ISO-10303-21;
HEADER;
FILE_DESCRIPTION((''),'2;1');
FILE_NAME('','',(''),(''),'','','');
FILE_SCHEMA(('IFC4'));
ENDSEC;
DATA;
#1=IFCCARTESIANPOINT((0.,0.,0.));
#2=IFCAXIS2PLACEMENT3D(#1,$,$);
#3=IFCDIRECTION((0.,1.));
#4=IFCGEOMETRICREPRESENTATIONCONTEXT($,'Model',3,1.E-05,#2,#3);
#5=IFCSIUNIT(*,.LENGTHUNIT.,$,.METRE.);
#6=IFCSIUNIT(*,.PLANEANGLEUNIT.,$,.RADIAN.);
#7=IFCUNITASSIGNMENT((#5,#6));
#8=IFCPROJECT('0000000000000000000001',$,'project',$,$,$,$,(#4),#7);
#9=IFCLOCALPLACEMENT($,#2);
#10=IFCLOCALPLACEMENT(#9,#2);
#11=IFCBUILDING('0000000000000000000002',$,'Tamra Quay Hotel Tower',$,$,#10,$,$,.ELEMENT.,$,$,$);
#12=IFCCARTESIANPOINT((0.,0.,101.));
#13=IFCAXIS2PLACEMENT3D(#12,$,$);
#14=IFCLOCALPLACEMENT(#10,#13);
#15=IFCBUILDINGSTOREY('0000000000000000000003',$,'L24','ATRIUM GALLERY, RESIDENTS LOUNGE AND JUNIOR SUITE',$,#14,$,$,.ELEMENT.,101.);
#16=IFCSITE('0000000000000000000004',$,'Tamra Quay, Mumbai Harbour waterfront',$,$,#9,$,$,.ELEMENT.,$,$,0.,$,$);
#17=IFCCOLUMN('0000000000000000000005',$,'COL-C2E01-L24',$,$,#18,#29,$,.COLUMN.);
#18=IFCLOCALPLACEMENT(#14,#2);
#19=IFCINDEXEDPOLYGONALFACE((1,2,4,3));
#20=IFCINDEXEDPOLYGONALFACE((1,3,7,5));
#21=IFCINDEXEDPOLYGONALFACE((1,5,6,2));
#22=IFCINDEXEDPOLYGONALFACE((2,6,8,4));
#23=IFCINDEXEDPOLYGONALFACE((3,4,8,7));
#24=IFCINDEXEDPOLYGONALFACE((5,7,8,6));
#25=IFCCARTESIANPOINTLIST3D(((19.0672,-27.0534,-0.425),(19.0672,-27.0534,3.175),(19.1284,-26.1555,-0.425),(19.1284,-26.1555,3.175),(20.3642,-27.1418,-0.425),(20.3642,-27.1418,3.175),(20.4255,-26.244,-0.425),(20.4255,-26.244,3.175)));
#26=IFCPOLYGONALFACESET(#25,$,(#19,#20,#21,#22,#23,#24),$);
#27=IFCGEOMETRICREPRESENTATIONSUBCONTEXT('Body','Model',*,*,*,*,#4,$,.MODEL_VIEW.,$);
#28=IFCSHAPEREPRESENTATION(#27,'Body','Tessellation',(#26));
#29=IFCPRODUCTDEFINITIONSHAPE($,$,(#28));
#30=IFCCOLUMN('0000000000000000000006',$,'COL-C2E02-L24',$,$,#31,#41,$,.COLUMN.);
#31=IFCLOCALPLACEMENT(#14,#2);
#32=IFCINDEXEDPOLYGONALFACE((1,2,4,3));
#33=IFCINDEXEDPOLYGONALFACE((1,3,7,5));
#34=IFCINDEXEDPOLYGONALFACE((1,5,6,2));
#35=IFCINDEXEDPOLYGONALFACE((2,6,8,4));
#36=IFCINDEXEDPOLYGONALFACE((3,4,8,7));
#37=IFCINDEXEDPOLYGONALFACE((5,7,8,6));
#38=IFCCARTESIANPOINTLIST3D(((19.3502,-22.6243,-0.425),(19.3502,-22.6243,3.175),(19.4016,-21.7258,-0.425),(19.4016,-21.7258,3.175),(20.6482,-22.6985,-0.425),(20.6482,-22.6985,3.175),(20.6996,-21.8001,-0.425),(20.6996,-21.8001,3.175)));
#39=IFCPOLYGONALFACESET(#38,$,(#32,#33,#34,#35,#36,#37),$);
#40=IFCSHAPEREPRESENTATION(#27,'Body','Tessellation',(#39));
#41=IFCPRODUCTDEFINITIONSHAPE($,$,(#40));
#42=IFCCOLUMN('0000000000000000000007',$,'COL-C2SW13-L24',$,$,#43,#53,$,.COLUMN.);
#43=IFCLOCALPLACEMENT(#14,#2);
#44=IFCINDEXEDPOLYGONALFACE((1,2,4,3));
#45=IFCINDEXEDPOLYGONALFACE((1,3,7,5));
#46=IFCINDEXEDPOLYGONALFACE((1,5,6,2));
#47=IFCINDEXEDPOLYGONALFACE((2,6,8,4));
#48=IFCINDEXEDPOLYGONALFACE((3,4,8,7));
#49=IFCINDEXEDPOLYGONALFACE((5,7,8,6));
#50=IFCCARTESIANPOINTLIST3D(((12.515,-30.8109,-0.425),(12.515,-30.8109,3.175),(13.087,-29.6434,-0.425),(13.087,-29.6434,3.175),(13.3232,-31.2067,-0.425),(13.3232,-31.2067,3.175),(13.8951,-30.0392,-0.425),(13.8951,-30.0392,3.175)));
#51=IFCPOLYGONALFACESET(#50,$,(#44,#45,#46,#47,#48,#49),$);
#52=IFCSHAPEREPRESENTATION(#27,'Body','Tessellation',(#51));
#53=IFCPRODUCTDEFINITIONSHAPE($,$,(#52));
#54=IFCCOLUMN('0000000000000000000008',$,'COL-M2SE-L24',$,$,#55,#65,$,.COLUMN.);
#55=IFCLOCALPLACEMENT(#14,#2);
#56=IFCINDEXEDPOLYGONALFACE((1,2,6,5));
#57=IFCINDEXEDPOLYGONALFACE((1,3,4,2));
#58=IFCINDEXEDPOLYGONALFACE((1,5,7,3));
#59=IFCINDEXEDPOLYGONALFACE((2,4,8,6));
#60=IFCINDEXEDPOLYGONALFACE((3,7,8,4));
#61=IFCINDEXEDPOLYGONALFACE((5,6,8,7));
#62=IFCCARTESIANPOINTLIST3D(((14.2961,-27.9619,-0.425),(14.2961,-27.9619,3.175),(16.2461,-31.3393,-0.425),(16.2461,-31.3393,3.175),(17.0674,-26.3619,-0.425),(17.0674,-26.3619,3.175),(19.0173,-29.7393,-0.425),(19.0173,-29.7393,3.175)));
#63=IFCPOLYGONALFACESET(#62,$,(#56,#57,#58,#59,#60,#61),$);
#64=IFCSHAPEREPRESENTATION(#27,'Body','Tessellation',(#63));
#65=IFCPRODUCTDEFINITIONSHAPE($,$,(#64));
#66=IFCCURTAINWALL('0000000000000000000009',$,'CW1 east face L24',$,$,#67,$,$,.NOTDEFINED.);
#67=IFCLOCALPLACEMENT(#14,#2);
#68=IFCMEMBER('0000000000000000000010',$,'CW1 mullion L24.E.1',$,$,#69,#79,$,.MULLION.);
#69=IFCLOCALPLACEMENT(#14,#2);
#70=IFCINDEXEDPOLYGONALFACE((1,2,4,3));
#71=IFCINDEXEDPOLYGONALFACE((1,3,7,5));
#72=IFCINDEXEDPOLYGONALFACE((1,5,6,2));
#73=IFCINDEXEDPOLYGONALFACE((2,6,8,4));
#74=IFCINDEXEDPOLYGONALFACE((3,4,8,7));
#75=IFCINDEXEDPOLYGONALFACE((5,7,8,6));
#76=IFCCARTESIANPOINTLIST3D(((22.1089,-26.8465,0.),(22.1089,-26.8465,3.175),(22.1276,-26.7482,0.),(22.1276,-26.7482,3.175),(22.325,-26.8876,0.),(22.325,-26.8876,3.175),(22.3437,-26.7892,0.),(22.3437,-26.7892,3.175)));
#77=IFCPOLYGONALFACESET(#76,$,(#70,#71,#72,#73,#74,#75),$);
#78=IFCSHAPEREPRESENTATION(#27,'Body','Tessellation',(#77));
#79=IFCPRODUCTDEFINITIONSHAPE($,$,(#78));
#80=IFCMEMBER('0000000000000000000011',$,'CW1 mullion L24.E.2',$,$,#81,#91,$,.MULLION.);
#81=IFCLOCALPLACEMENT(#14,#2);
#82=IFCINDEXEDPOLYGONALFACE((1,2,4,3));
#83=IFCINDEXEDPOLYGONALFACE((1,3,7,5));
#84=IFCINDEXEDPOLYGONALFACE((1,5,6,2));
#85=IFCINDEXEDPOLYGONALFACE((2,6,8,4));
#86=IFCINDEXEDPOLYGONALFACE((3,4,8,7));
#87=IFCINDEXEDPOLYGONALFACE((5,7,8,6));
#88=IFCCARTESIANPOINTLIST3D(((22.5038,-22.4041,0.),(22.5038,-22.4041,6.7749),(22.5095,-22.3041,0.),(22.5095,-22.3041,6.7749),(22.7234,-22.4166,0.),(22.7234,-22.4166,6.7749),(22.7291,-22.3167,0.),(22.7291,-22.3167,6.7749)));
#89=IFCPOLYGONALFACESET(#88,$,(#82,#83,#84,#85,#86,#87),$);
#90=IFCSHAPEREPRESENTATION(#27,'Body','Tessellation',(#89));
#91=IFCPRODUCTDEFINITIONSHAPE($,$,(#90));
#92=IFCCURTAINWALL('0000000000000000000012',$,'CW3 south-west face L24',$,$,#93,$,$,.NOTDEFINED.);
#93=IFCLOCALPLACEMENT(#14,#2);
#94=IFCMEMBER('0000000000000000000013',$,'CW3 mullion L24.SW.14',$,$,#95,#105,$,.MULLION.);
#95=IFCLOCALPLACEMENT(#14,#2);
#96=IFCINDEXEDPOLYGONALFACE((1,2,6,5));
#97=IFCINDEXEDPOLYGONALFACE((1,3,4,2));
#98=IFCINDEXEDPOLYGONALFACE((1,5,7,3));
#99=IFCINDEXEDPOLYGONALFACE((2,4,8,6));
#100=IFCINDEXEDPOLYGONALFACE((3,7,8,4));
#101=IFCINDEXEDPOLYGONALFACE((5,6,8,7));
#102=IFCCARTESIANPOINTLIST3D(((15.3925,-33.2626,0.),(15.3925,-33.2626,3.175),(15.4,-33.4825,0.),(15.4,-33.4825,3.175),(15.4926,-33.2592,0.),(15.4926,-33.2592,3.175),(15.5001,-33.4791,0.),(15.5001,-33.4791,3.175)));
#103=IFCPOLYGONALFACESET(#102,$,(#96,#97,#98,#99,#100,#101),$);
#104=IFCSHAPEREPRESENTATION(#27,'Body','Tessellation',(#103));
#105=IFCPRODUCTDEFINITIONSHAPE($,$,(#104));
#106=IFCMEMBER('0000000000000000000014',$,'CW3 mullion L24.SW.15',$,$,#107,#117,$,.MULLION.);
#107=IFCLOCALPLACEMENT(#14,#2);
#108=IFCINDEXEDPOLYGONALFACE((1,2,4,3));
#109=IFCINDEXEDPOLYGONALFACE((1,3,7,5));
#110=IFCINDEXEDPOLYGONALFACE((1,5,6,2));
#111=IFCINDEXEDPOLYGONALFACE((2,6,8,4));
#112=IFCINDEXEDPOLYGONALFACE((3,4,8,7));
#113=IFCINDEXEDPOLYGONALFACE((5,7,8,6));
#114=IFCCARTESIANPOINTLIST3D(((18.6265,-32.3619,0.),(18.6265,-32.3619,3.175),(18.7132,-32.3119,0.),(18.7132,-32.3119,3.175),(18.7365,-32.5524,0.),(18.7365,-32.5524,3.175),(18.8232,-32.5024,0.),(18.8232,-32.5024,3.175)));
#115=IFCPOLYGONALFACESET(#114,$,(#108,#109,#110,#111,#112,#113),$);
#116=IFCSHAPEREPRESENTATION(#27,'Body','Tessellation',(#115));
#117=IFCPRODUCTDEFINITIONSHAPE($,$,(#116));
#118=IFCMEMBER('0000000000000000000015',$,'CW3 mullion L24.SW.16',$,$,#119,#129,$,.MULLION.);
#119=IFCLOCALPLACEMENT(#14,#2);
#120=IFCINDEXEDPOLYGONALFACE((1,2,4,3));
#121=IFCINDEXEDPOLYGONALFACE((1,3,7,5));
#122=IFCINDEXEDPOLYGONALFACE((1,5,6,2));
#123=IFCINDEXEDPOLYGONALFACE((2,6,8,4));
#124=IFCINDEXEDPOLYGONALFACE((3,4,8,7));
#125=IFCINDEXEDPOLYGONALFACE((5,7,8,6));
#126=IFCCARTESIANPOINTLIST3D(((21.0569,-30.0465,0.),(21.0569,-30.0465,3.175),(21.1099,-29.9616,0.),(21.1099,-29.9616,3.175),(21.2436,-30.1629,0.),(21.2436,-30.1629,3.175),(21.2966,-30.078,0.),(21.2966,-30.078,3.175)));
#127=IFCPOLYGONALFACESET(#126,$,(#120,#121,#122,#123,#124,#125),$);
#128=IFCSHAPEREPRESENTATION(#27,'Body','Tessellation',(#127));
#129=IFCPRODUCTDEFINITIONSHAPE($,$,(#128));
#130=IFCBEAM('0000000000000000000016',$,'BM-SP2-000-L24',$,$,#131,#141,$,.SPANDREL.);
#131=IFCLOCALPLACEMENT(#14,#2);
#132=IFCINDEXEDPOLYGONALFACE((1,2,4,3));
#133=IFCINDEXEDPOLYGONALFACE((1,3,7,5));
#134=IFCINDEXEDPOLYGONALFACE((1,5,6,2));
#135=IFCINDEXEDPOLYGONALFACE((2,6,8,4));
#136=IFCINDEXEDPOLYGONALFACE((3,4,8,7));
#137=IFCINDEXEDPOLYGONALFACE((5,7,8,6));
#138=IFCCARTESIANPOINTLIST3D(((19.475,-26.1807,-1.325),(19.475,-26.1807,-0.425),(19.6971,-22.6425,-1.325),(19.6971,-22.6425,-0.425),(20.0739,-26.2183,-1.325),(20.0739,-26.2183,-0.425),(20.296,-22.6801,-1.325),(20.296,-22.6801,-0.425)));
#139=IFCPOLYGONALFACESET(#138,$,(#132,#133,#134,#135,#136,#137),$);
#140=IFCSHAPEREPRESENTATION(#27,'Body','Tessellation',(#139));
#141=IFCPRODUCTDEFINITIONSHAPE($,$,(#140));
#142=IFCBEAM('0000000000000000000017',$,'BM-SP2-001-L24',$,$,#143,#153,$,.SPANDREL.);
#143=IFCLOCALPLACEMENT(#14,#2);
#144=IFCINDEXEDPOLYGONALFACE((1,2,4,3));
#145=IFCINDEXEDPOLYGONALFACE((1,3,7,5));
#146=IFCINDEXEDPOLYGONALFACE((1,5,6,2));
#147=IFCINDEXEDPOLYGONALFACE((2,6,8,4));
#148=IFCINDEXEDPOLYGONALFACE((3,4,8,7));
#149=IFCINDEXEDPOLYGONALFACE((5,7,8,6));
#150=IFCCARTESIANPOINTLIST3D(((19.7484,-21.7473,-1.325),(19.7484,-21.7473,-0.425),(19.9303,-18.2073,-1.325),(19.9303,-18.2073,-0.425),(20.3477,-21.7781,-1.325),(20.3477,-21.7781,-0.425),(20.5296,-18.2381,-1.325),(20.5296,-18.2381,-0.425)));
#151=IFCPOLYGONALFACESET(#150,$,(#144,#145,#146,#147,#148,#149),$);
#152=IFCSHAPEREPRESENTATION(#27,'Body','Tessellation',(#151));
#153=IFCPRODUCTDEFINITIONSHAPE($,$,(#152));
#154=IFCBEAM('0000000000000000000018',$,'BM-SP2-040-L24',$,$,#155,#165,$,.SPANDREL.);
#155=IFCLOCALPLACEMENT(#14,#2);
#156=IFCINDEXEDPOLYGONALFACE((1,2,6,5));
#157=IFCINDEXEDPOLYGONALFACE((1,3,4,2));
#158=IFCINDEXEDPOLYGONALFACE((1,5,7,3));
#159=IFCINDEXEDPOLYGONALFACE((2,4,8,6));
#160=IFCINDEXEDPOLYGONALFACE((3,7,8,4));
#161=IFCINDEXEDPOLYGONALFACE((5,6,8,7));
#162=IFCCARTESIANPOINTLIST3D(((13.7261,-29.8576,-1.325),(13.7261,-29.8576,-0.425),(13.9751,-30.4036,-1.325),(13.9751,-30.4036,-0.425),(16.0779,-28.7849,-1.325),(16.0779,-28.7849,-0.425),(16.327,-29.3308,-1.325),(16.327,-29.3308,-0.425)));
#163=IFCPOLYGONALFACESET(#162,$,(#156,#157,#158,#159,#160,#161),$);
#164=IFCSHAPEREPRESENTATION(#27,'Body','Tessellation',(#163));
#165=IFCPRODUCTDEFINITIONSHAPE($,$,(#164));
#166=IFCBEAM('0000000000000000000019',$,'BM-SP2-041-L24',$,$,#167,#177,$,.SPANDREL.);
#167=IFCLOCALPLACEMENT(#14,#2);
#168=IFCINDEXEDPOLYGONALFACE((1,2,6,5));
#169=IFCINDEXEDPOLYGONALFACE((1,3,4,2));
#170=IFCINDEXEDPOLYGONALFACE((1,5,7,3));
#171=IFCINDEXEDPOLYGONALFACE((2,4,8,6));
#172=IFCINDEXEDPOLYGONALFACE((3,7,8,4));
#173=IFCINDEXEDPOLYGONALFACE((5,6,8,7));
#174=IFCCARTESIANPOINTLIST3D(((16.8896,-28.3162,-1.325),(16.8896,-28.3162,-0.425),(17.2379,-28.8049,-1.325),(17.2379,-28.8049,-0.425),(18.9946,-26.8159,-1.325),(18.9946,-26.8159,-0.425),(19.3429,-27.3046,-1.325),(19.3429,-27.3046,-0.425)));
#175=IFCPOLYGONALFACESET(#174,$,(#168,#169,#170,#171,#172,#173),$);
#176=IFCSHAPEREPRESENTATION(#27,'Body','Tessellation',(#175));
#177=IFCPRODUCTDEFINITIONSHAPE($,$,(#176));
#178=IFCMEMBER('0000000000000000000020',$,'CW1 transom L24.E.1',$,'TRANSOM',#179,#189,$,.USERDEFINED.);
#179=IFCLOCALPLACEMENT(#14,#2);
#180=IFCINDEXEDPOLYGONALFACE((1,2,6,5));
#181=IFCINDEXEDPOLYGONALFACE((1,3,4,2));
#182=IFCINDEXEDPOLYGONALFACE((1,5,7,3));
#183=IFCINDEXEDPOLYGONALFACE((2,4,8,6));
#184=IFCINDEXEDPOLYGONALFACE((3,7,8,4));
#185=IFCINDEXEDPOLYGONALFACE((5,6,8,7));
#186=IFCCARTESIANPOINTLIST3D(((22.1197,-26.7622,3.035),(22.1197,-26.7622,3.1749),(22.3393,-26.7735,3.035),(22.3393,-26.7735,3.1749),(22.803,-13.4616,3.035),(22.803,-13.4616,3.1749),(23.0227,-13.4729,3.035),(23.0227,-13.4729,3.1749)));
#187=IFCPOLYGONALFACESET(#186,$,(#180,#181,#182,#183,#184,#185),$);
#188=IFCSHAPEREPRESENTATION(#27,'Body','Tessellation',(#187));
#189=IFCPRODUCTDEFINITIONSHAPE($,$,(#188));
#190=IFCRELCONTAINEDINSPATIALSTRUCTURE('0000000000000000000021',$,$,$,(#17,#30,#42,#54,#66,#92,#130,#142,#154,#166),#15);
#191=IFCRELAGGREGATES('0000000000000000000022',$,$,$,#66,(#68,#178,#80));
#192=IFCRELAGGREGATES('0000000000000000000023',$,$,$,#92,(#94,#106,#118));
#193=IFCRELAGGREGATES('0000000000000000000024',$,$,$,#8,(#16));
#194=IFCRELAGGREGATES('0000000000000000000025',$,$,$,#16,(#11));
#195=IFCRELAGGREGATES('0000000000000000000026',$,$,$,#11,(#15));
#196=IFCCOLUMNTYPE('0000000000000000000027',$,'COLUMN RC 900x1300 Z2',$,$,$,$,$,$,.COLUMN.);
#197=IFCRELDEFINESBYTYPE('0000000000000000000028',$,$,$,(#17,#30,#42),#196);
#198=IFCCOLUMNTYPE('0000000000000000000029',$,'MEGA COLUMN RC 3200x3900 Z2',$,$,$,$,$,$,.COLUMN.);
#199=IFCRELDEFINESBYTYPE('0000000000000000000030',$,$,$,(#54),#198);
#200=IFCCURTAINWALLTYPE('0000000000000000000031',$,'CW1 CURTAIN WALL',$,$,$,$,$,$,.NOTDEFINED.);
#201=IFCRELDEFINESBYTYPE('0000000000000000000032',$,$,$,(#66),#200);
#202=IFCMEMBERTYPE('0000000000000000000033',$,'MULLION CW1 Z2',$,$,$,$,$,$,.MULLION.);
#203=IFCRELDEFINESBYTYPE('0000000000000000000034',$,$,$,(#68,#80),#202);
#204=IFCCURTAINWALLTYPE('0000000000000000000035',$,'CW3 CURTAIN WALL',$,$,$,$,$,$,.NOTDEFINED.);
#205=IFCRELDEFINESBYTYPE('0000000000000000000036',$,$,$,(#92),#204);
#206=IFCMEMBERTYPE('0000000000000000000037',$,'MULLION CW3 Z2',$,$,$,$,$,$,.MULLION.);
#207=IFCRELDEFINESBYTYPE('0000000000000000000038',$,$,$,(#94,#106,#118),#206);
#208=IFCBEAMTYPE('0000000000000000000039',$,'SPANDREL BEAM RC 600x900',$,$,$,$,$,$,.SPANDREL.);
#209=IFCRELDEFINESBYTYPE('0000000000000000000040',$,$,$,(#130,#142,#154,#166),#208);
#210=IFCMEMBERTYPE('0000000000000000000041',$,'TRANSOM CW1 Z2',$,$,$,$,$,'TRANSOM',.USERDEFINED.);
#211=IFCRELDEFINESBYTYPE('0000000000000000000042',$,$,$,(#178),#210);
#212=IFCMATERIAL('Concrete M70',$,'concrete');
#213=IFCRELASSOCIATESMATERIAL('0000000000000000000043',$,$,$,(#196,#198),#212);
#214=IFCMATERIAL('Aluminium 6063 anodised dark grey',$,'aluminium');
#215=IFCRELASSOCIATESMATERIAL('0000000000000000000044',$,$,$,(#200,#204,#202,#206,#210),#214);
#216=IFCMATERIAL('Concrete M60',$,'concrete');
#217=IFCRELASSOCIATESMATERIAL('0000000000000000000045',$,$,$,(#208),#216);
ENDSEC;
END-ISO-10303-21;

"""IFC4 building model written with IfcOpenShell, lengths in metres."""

from ifc_helpers import new_model, si_unit, direction, frame, origin, origin_2d, place, context, subcontext, project, spatial, rectangle, extrude, material, material_profile, profile_set, type_object, element, aggregate, save


model = new_model("IFC4")

# Units and contexts
model_context = context("Model", 3, precision=1e-05, world=origin(), true_north=direction((0.0, 1.0)))
body_context = subcontext(model_context, "Body", "Model", "MODEL_VIEW")
ifc_project = project(units=[si_unit("LENGTHUNIT", "METRE"), si_unit("PLANEANGLEUNIT", "RADIAN")], contexts=[model_context])

# Site, building, storey
site_placement = place(None, origin())
site = spatial("IfcSite", under=ifc_project, at=site_placement, Name="Tamra Quay, Mumbai Harbour waterfront", CompositionType="ELEMENT", RefElevation=0.0)
building_placement = place(site_placement, origin())
building = spatial("IfcBuilding", under=site, at=building_placement, Name="Tamra Quay Hotel Tower", CompositionType="ELEMENT")
storey_placement = place(building_placement, frame((0.0, 0.0, 101.0)))
storey = spatial("IfcBuildingStorey", under=building, at=storey_placement, Name="L24", Description="ATRIUM GALLERY, RESIDENTS LOUNGE AND JUNIOR SUITE", CompositionType="ELEMENT", Elevation=101.0)

# Columns
ifc_material_1 = material(Name="Concrete M70", Category="concrete")
ifc_material_profile_1 = material_profile(ifc_material_1, rectangle(XDim=1.3, YDim=0.8999, at=origin_2d()), Name="COLUMN RC 900x1300 Z2")
ifc_profile_set_1 = profile_set([ifc_material_profile_1], Name="Concrete M70")
column_type_1 = type_object("IfcColumnType", Name="COLUMN RC 900x1300 Z2", PredefinedType="COLUMN", material=ifc_profile_set_1)
for number, where, z_axis, x_axis, name in (
    (1, (19.7463, -26.6487, -0.425), (0.0, 0.0, 1.0), (-0.997682, 0.068041, 0.0), "COL-C2E01-L24"),
    (2, (20.0249, -22.2122, -0.425), (0.0, 0.0, 1.0), (-0.998368, 0.057108, 0.0), "COL-C2E02-L24"),
    (3, (13.2051, -30.425, -0.425), (0.0, 0.0, 1.0), (0.439916, 0.898039, 0.0), "COL-C2SW13-L24"),
):
    element("IfcColumn", number, at=place(storey_placement, frame(where, z_axis=z_axis, x_axis=x_axis)), inside=storey, type_object=column_type_1, Name=name, PredefinedType="COLUMN", context=body_context, shape_type="SweptSolid", body=[
        extrude(rectangle(XDim=1.3, YDim=0.8999, at=origin_2d()), origin(), (0.0, 0.0, 1.0), 3.6001),
    ])
ifc_material_profile_2 = material_profile(ifc_material_1, rectangle(XDim=3.8999, YDim=3.2, at=origin_2d()), Name="MEGA COLUMN RC 3200x3900 Z2")
ifc_profile_set_2 = profile_set([ifc_material_profile_2], Name="Concrete M70")
column_type_2 = type_object("IfcColumnType", Name="MEGA COLUMN RC 3200x3900 Z2", PredefinedType="COLUMN", material=ifc_profile_set_2)
column_placement = place(storey_placement, frame((16.6567, -28.8506, -0.425), z_axis=(0.0, 0.0, 1.0), x_axis=(-0.5, 0.866025, 0.0)))
element("IfcColumn", 4, at=column_placement, inside=storey, type_object=column_type_2, Name="COL-M2SE-L24", PredefinedType="COLUMN", context=body_context, shape_type="SweptSolid", body=[
    extrude(rectangle(XDim=3.8999, YDim=3.2, at=origin_2d()), origin(), (0.0, 0.0, 1.0), 3.6001),
])

# Curtain walls, members
ifc_material_2 = material(Name="Aluminium 6063 anodised dark grey", Category="aluminium")
curtain_wall_type_1 = type_object("IfcCurtainWallType", Name="CW1 CURTAIN WALL", PredefinedType="NOTDEFINED", material=ifc_material_2)
curtain_wall_1_placement = place(storey_placement, origin())
curtain_wall_1 = element("IfcCurtainWall", 5, at=curtain_wall_1_placement, inside=storey, type_object=curtain_wall_type_1, Name="CW1 east face L24", PredefinedType="NOTDEFINED")
ifc_material_profile_3 = material_profile(ifc_material_2, rectangle(XDim=0.22, YDim=0.1001, at=origin_2d()), Name="MULLION 100X220")
ifc_profile_set_3 = profile_set([ifc_material_profile_3], Name="Aluminium 6063 anodised dark grey")
member_type_1 = type_object("IfcMemberType", Name="MULLION CW1 Z2", PredefinedType="MULLION", material=ifc_profile_set_3)
member_1_placement = place(storey_placement, frame((22.2263, -26.8179, 0.0), z_axis=(0.0, 0.0, 1.0), x_axis=(0.982419, -0.186689, 0.0)))
member_1 = element("IfcMember", 6, at=member_1_placement, type_object=member_type_1, Name="CW1 mullion L24.E.1", PredefinedType="MULLION", context=body_context, shape_type="SweptSolid", body=[
    extrude(rectangle(XDim=0.22, YDim=0.1001, at=origin_2d()), origin(), (0.0, 0.0, 1.0), 3.175),
])
member_2_placement = place(storey_placement, frame((22.6165, -22.3604, 0.0), z_axis=(0.0, 0.0, 1.0), x_axis=(0.998374, -0.056996, 0.0)))
member_2 = element("IfcMember", 7, at=member_2_placement, type_object=member_type_1, Name="CW1 mullion L24.E.2", PredefinedType="MULLION", context=body_context, shape_type="SweptSolid", body=[
    extrude(rectangle(XDim=0.22, YDim=0.1001, at=origin_2d()), origin(), (0.0, 0.0, 1.0), 6.7749),
])
curtain_wall_type_2 = type_object("IfcCurtainWallType", Name="CW3 CURTAIN WALL", PredefinedType="NOTDEFINED", material=ifc_material_2)
curtain_wall_2_placement = place(storey_placement, origin())
curtain_wall_2 = element("IfcCurtainWall", 8, at=curtain_wall_2_placement, inside=storey, type_object=curtain_wall_type_2, Name="CW3 south-west face L24", PredefinedType="NOTDEFINED")
ifc_material_profile_4 = material_profile(ifc_material_2, rectangle(XDim=0.22, YDim=0.1001, at=origin_2d()), Name="MULLION 100X220")
ifc_profile_set_4 = profile_set([ifc_material_profile_4], Name="Aluminium 6063 anodised dark grey")
member_type_2 = type_object("IfcMemberType", Name="MULLION CW3 Z2", PredefinedType="MULLION", material=ifc_profile_set_4)
member_3_placement = place(storey_placement, frame((15.4463, -33.3708, 0.0), z_axis=(0.0, 0.0, 1.0), x_axis=(0.034041, -0.99942, 0.0)))
member_3 = element("IfcMember", 9, at=member_3_placement, type_object=member_type_2, Name="CW3 mullion L24.SW.14", PredefinedType="MULLION", context=body_context, shape_type="SweptSolid", body=[
    extrude(rectangle(XDim=0.22, YDim=0.1001, at=origin_2d()), origin(), (0.0, 0.0, 1.0), 3.175),
])
member_4_placement = place(storey_placement, frame((18.7249, -32.4321, 0.0), z_axis=(0.0, 0.0, 1.0), x_axis=(0.5, -0.866025, 0.0)))
member_4 = element("IfcMember", 10, at=member_4_placement, type_object=member_type_2, Name="CW3 mullion L24.SW.15", PredefinedType="MULLION", context=body_context, shape_type="SweptSolid", body=[
    extrude(rectangle(XDim=0.22, YDim=0.1001, at=origin_2d()), origin(), (0.0, 0.0, 1.0), 3.175),
])
member_5_placement = place(storey_placement, frame((21.1768, -30.0623, 0.0), z_axis=(0.0, 0.0, 1.0), x_axis=(0.848503, -0.52919, 0.0)))
member_5 = element("IfcMember", 11, at=member_5_placement, type_object=member_type_2, Name="CW3 mullion L24.SW.16", PredefinedType="MULLION", context=body_context, shape_type="SweptSolid", body=[
    extrude(rectangle(XDim=0.22, YDim=0.1001, at=origin_2d()), origin(), (0.0, 0.0, 1.0), 3.175),
])

# Beams
ifc_material_3 = material(Name="Concrete M60", Category="concrete")
ifc_material_profile_5 = material_profile(ifc_material_3, rectangle(XDim=0.6001, YDim=0.8999, at=origin_2d()), Name="SPANDREL BEAM RC 600x900")
ifc_profile_set_5 = profile_set([ifc_material_profile_5], Name="Concrete M60")
beam_type = type_object("IfcBeamType", Name="SPANDREL BEAM RC 600x900", PredefinedType="SPANDREL", material=ifc_profile_set_5)
beam_1_placement = place(storey_placement, frame((19.7744, -26.1995, -0.875), z_axis=(0.06267, 0.998034, 0.0), x_axis=(-0.998034, 0.06267, 0.0)))
element("IfcBeam", 12, at=beam_1_placement, inside=storey, type_object=beam_type, Name="BM-SP2-000-L24", PredefinedType="SPANDREL", context=body_context, shape_type="SweptSolid", body=[
    extrude(rectangle(XDim=0.6001, YDim=0.8999, at=origin_2d()), origin(), (0.0, 0.0, 1.0), 3.5452),
])
beam_2_placement = place(storey_placement, frame((20.0481, -21.7627, -0.875), z_axis=(0.051312, 0.998683, 0.0), x_axis=(-0.998683, 0.051312, 0.0)))
element("IfcBeam", 13, at=beam_2_placement, inside=storey, type_object=beam_type, Name="BM-SP2-001-L24", PredefinedType="SPANDREL", context=body_context, shape_type="SweptSolid", body=[
    extrude(rectangle(XDim=0.6001, YDim=0.8999, at=origin_2d()), origin(), (0.0, 0.0, 1.0), 3.5447),
])
for number, where, z_axis, x_axis, name in (
    (14, (13.8506, -30.1306, -0.875), (0.909819, 0.415005, 0.0), (-0.415005, 0.909819, 0.0), "BM-SP2-040-L24"),
    (15, (17.0637, -28.5605, -0.875), (0.814339, 0.580389, 0.0), (-0.580389, 0.814339, 0.0), "BM-SP2-041-L24"),
):
    element("IfcBeam", number, at=place(storey_placement, frame(where, z_axis=z_axis, x_axis=x_axis)), inside=storey, type_object=beam_type, Name=name, PredefinedType="SPANDREL", context=body_context, shape_type="SweptSolid", body=[
        extrude(rectangle(XDim=0.6001, YDim=0.8999, at=origin_2d()), origin(), (0.0, 0.0, 1.0), 2.585),
    ])

# Member
ifc_material_profile_6 = material_profile(ifc_material_2, rectangle(XDim=0.22, YDim=0.1399, at=origin_2d()), Name="TRANSOM 220X140")
ifc_profile_set_6 = profile_set([ifc_material_profile_6], Name="Aluminium 6063 anodised dark grey")
member_type_3 = type_object("IfcMemberType", Name="TRANSOM CW1 Z2", ElementType="TRANSOM", PredefinedType="USERDEFINED", material=ifc_profile_set_6)
member_6_placement = place(storey_placement, frame((22.2295, -26.7678, 3.105), z_axis=(0.05131, 0.998683, 0.0), x_axis=(-0.998683, 0.05131, 0.0)))
member_6 = element("IfcMember", 16, at=member_6_placement, type_object=member_type_3, Name="CW1 transom L24.E.1", ObjectType="TRANSOM", PredefinedType="USERDEFINED", context=body_context, shape_type="SweptSolid", body=[
    extrude(rectangle(XDim=0.22, YDim=0.1399, at=origin_2d()), origin(), (0.0, 0.0, 1.0), 13.3181),
])

aggregate(curtain_wall_1, [member_1, member_6, member_2])
aggregate(curtain_wall_2, [member_3, member_4, member_5])

save(model, "model.ifc")
